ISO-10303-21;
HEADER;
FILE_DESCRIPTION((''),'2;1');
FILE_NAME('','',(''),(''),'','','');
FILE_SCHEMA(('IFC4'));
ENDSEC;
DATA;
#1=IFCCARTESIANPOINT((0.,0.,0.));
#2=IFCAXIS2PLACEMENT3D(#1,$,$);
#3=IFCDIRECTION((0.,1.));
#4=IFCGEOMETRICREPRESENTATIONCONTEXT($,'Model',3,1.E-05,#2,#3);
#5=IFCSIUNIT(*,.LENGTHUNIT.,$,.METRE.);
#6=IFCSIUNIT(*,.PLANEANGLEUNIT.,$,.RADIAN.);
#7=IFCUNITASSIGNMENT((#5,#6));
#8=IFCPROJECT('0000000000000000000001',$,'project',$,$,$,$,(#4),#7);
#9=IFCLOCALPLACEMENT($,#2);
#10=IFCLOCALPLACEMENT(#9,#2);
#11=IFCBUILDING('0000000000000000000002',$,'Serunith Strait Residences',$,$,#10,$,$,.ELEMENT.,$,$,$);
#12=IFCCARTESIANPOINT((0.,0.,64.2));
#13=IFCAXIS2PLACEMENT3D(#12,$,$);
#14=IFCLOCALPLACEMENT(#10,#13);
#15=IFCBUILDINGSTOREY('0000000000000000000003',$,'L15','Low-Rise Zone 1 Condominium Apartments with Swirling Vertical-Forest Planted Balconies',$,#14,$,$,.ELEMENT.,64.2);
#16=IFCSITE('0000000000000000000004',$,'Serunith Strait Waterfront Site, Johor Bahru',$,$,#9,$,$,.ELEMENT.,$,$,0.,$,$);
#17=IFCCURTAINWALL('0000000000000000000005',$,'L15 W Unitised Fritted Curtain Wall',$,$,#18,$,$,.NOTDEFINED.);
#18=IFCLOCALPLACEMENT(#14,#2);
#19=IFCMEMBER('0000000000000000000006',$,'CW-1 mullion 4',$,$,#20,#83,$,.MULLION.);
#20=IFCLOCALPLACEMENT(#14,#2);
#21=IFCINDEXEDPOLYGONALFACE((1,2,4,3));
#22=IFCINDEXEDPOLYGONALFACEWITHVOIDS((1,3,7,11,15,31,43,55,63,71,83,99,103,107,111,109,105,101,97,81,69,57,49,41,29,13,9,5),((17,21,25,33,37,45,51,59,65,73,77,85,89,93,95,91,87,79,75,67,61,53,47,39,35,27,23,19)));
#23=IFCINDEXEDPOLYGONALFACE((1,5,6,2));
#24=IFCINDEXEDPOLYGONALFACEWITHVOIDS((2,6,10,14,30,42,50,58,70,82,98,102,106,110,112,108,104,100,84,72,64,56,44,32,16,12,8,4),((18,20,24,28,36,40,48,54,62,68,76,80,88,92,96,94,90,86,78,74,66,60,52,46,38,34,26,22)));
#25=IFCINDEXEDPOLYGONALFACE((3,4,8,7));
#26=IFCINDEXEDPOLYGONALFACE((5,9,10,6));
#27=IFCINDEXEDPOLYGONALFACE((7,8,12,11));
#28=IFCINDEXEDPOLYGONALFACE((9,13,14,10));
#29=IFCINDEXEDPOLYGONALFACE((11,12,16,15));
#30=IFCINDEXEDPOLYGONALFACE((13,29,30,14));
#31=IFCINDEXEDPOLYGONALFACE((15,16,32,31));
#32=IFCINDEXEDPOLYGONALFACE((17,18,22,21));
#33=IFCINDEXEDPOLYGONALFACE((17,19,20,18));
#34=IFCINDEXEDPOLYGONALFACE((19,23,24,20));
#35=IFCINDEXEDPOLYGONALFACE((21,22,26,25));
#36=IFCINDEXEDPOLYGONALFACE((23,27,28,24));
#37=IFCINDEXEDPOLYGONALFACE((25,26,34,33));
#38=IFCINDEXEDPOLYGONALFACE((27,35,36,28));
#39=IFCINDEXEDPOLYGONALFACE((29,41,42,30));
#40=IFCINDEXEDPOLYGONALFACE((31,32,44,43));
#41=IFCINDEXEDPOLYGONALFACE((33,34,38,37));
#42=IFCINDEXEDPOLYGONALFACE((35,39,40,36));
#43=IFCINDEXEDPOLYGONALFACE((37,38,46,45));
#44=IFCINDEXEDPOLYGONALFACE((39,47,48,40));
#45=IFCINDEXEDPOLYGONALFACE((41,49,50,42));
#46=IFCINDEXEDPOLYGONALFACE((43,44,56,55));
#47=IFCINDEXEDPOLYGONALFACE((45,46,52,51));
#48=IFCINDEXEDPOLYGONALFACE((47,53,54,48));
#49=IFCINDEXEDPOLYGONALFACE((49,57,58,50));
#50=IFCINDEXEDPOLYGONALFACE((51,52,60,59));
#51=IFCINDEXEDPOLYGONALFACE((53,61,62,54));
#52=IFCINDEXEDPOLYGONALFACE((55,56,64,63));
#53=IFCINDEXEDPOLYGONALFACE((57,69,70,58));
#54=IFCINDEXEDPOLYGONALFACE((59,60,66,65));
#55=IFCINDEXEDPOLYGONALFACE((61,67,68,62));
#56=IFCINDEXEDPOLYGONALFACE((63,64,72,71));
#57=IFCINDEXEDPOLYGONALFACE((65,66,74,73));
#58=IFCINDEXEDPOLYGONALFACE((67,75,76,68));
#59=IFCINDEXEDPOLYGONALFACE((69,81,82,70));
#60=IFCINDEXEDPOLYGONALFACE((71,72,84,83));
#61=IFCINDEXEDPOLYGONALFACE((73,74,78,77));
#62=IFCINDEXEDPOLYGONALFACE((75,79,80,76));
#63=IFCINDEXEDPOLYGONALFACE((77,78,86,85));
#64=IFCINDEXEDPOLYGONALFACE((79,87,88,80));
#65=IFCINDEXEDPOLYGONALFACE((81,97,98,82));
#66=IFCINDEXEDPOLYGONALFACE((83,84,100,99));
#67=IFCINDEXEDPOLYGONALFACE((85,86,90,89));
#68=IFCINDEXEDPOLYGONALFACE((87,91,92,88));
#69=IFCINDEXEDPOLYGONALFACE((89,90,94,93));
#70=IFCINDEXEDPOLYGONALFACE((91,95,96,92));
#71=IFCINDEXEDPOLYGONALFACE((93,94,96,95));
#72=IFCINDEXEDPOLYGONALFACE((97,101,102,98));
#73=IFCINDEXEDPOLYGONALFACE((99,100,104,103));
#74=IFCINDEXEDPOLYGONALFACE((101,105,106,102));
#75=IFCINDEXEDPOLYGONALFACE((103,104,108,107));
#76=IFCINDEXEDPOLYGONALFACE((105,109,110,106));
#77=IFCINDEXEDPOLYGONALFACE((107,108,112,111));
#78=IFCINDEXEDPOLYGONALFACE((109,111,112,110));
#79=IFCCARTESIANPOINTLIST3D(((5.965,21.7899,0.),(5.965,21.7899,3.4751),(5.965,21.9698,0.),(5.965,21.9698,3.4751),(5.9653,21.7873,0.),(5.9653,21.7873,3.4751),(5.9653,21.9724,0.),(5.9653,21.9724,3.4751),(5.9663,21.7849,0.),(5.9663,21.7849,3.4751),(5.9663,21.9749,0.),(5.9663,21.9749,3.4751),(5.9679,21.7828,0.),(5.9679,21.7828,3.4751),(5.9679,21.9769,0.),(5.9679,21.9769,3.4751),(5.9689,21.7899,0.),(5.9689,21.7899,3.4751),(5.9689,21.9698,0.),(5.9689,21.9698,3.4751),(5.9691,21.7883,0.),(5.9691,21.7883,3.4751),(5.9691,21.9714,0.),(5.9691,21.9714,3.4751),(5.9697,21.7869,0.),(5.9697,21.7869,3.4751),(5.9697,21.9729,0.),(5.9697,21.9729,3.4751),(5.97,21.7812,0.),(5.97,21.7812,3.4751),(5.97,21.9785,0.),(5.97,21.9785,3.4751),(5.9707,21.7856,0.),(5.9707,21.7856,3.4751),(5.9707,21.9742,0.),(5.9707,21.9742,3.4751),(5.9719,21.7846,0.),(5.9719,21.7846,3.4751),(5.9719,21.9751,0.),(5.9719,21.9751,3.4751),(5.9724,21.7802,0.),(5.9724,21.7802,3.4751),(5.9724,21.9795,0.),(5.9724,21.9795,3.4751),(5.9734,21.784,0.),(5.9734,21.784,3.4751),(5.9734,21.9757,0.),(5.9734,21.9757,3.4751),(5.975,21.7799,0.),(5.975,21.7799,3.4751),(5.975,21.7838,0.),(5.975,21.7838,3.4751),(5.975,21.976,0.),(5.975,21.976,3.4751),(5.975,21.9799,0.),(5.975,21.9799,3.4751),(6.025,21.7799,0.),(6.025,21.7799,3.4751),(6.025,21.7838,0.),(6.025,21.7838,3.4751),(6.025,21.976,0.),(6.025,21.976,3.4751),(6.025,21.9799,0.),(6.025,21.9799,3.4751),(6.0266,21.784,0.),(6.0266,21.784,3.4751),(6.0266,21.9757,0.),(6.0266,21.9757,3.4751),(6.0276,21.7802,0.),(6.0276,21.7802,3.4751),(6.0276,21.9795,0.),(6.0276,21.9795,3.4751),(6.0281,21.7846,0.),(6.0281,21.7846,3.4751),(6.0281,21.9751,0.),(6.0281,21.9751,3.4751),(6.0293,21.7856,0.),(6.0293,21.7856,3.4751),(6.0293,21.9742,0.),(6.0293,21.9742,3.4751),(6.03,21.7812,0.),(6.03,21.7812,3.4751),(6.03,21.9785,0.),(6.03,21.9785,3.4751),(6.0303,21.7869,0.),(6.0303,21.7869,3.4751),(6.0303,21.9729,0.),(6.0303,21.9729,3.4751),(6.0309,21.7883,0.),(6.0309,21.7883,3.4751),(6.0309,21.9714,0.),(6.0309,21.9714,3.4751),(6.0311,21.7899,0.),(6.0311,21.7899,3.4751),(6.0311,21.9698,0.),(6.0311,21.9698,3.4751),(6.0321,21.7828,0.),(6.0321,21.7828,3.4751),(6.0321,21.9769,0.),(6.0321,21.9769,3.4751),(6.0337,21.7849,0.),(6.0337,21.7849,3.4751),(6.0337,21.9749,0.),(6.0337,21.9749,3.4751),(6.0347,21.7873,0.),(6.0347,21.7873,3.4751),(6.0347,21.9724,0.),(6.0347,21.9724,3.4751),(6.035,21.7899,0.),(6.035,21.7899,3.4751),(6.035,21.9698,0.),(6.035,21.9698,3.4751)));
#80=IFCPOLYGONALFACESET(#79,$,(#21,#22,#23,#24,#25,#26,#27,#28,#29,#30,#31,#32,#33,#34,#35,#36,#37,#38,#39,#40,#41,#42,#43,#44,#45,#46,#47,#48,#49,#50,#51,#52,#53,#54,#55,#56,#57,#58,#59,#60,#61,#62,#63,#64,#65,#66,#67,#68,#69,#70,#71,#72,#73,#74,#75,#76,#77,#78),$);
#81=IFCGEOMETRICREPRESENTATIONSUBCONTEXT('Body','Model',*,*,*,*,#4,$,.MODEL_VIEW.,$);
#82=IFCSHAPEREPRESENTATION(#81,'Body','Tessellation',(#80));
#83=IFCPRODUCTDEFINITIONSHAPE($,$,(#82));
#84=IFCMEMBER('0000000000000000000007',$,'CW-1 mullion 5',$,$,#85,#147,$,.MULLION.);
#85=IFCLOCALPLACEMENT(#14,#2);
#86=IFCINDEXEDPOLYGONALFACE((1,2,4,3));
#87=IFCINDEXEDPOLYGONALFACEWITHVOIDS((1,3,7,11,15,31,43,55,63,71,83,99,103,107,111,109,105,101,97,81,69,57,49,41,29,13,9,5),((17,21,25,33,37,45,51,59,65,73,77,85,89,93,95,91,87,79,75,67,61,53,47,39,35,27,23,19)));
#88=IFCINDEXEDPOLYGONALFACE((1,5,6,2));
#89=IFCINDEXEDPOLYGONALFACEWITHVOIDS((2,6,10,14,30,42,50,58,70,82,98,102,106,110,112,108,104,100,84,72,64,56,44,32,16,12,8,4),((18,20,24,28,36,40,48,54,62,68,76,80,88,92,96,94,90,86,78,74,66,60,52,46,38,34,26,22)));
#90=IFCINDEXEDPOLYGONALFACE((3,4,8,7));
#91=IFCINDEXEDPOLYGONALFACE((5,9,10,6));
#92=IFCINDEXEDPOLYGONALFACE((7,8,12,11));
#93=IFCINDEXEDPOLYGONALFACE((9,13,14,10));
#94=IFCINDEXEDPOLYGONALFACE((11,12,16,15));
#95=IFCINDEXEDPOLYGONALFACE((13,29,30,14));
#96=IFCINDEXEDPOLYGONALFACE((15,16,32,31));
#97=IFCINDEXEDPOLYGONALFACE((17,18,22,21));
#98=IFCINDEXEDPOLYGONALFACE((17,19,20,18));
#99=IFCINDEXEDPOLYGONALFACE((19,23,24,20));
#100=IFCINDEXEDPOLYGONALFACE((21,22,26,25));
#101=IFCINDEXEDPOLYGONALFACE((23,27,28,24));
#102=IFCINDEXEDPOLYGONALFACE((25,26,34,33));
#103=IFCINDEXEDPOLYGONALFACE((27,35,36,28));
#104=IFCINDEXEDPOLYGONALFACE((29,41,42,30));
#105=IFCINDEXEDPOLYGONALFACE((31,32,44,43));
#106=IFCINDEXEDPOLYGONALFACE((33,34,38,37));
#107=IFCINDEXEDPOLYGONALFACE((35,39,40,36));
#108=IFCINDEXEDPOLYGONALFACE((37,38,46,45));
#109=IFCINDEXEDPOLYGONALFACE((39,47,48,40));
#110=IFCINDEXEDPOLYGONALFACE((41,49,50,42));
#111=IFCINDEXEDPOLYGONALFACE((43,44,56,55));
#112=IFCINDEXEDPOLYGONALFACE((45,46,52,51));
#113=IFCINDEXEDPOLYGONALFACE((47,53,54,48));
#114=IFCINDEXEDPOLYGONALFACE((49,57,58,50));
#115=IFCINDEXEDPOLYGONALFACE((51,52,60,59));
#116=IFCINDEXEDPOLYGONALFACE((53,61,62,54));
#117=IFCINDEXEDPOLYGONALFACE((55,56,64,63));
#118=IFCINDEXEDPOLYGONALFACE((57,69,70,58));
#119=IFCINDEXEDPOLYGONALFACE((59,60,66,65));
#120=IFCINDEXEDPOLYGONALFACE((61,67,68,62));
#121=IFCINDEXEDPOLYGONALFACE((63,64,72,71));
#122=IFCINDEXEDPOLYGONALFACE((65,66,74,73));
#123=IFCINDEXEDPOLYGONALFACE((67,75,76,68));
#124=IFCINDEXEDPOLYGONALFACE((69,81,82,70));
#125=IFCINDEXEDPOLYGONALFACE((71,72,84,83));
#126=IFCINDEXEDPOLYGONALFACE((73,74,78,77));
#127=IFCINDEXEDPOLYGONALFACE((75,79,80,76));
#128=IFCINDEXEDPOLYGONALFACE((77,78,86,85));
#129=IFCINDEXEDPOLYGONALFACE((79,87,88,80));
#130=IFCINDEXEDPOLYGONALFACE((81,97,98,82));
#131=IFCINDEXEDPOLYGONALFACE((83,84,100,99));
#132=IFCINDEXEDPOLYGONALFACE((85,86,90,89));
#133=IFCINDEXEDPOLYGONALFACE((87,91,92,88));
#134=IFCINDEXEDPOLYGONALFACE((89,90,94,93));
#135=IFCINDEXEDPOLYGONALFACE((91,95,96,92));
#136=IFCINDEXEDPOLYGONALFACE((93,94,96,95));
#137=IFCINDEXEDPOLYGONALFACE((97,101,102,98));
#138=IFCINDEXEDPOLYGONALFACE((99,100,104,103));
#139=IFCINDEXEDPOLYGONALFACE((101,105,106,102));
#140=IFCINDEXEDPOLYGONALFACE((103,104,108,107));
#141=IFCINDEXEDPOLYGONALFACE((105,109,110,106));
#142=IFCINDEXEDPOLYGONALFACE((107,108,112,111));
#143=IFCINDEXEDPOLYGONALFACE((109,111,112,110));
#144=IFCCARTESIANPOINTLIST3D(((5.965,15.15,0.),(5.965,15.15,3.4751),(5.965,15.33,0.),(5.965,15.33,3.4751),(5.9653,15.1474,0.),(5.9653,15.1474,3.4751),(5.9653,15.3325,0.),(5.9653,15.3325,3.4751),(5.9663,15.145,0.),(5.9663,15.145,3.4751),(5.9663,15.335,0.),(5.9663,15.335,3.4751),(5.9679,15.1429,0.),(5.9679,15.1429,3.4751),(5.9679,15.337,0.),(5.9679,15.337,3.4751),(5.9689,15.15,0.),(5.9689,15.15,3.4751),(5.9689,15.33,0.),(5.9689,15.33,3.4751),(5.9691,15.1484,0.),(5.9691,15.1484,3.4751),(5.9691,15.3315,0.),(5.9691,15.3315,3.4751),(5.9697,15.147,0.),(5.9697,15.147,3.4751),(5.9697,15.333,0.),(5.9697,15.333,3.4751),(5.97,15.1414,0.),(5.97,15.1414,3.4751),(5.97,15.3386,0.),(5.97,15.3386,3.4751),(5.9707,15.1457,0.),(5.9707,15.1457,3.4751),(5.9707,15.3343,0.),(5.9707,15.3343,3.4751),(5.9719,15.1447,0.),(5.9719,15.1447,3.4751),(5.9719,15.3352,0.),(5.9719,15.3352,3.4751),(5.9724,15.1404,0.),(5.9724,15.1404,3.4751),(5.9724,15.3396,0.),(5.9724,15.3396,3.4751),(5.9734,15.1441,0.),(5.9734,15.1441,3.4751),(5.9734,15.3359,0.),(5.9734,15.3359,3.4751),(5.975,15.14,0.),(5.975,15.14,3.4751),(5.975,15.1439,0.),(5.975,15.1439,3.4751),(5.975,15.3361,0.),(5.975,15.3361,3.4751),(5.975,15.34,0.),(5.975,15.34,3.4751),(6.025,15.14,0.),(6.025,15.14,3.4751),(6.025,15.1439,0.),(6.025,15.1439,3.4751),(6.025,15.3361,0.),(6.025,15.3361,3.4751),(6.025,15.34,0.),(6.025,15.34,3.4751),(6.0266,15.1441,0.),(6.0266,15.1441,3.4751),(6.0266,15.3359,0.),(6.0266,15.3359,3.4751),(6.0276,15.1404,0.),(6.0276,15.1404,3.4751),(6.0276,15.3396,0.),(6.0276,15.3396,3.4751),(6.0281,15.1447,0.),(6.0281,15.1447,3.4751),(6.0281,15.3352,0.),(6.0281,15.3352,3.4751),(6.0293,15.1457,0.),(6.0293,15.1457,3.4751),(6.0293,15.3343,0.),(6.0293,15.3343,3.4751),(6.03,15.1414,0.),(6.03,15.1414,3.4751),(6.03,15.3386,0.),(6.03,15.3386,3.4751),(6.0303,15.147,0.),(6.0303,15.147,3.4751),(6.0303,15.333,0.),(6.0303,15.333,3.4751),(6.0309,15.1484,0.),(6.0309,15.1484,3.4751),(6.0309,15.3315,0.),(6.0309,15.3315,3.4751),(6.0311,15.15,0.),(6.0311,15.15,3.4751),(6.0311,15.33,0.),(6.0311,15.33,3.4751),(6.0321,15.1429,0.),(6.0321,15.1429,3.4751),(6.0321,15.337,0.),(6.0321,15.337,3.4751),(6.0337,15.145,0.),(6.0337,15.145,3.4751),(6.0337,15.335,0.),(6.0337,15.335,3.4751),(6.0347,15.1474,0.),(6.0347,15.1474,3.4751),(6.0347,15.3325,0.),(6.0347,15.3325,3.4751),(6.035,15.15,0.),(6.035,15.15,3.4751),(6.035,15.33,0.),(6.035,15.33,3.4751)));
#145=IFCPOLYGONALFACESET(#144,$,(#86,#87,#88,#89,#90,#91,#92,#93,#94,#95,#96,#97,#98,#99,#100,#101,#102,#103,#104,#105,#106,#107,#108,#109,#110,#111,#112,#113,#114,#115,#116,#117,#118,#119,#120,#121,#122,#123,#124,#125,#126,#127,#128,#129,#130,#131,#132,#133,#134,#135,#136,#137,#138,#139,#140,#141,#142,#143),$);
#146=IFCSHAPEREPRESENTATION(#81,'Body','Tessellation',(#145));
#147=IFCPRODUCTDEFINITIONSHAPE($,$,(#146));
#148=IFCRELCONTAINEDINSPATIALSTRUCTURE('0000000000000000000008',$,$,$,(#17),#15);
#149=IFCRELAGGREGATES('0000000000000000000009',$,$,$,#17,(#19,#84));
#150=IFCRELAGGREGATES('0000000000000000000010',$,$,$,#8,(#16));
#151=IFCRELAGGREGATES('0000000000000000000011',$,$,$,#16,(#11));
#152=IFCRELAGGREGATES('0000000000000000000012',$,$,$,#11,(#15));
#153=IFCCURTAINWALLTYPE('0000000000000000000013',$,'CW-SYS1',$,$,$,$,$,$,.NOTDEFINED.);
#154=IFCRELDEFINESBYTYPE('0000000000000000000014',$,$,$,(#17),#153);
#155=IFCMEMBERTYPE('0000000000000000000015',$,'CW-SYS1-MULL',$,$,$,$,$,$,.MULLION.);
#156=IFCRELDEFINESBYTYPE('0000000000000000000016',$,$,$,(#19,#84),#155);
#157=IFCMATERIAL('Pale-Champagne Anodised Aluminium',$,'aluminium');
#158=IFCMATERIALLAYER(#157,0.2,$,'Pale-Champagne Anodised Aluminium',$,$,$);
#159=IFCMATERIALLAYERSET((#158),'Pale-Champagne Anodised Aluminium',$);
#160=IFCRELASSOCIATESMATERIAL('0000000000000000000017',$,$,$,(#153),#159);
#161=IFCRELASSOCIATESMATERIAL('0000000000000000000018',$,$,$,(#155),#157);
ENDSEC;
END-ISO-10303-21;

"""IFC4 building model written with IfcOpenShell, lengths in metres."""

from ifc_helpers import new_model, si_unit, direction, frame, origin, origin_2d, place, context, subcontext, project, spatial, hollow_rectangle, extrude, source, transform, mapped, material, layer, layer_set, material_profile, profile_set, type_object, element, aggregate, save


model = new_model("IFC4")

# Units and contexts
model_context = context("Model", 3, precision=1e-05, world=origin(), true_north=direction((0.0, 1.0)))
body_context = subcontext(model_context, "Body", "Model", "MODEL_VIEW")
ifc_project = project(units=[si_unit("LENGTHUNIT", "METRE"), si_unit("PLANEANGLEUNIT", "RADIAN")], contexts=[model_context])

# Site, building, storey
site_placement = place(None, origin())
site = spatial("IfcSite", under=ifc_project, at=site_placement, Name="Serunith Strait Waterfront Site, Johor Bahru", CompositionType="ELEMENT", RefElevation=0.0)
building_placement = place(site_placement, origin())
building = spatial("IfcBuilding", under=site, at=building_placement, Name="Serunith Strait Residences", CompositionType="ELEMENT")
storey_placement = place(building_placement, frame((0.0, 0.0, 64.2)))
storey = spatial("IfcBuildingStorey", under=building, at=storey_placement, Name="L15", Description="Low-Rise Zone 1 Condominium Apartments with Swirling Vertical-Forest Planted Balconies", CompositionType="ELEMENT", Elevation=64.2)

# Curtain wall, members
ifc_material_1 = material(Name="Pale-Champagne Anodised Aluminium", Category="aluminium")
ifc_layer_1 = layer(ifc_material_1, 0.2, Name="Pale-Champagne Anodised Aluminium")
ifc_layer_set_1 = layer_set([ifc_layer_1], Name="Pale-Champagne Anodised Aluminium")
curtain_wall_type = type_object("IfcCurtainWallType", Name="CW-SYS1", PredefinedType="NOTDEFINED", material=ifc_layer_set_1)
curtain_wall_placement = place(storey_placement, origin())
curtain_wall = element("IfcCurtainWall", 1, at=curtain_wall_placement, inside=storey, type_object=curtain_wall_type, Name="L15 W Unitised Fritted Curtain Wall", PredefinedType="NOTDEFINED")
ifc_material_profile_1 = material_profile(ifc_material_1, hollow_rectangle(XDim=0.0701, YDim=0.2, WallThickness=0.0039, InnerFilletRadius=0.0061, OuterFilletRadius=0.01, at=origin_2d()), Name="ALU 200x70x4")
ifc_profile_set_1 = profile_set([ifc_material_profile_1], Name="Pale-Champagne Anodised Aluminium")
member_type_1 = type_object("IfcMemberType", Name="CW-SYS1-MULL", PredefinedType="MULLION", material=ifc_profile_set_1)
shared_shape_1 = source(origin(), body_context, "Body", "SweptSolid", [
    extrude(hollow_rectangle(XDim=0.0701, YDim=0.2, WallThickness=0.0039, InnerFilletRadius=0.0061, OuterFilletRadius=0.01, at=origin_2d()), origin(), (0.0, 0.0, 1.0), 3.4751),
])
member_1_placement = place(storey_placement, frame((6.0, 21.8799, 0.0), z_axis=(0.0, 0.0, 1.0), x_axis=(1.0, 0.0, 0.0)))
member_1 = element("IfcMember", 2, at=member_1_placement, type_object=member_type_1, Name="CW-1 mullion 4", PredefinedType="MULLION", context=body_context, shape_type="MappedRepresentation", body=[
    mapped(shared_shape_1, transform((0.0, 0.0, 0.0), scale=1.0)),
])
member_2_placement = place(storey_placement, frame((6.0, 15.24, 0.0), z_axis=(0.0, 0.0, 1.0), x_axis=(1.0, 0.0, 0.0)))
member_2 = element("IfcMember", 3, at=member_2_placement, type_object=member_type_1, Name="CW-1 mullion 5", PredefinedType="MULLION", context=body_context, shape_type="MappedRepresentation", body=[
    mapped(shared_shape_1, transform((0.0, 0.0, 0.0), scale=1.0)),
])
aggregate(curtain_wall, [member_1, member_2])

save(model, "model.ifc")
